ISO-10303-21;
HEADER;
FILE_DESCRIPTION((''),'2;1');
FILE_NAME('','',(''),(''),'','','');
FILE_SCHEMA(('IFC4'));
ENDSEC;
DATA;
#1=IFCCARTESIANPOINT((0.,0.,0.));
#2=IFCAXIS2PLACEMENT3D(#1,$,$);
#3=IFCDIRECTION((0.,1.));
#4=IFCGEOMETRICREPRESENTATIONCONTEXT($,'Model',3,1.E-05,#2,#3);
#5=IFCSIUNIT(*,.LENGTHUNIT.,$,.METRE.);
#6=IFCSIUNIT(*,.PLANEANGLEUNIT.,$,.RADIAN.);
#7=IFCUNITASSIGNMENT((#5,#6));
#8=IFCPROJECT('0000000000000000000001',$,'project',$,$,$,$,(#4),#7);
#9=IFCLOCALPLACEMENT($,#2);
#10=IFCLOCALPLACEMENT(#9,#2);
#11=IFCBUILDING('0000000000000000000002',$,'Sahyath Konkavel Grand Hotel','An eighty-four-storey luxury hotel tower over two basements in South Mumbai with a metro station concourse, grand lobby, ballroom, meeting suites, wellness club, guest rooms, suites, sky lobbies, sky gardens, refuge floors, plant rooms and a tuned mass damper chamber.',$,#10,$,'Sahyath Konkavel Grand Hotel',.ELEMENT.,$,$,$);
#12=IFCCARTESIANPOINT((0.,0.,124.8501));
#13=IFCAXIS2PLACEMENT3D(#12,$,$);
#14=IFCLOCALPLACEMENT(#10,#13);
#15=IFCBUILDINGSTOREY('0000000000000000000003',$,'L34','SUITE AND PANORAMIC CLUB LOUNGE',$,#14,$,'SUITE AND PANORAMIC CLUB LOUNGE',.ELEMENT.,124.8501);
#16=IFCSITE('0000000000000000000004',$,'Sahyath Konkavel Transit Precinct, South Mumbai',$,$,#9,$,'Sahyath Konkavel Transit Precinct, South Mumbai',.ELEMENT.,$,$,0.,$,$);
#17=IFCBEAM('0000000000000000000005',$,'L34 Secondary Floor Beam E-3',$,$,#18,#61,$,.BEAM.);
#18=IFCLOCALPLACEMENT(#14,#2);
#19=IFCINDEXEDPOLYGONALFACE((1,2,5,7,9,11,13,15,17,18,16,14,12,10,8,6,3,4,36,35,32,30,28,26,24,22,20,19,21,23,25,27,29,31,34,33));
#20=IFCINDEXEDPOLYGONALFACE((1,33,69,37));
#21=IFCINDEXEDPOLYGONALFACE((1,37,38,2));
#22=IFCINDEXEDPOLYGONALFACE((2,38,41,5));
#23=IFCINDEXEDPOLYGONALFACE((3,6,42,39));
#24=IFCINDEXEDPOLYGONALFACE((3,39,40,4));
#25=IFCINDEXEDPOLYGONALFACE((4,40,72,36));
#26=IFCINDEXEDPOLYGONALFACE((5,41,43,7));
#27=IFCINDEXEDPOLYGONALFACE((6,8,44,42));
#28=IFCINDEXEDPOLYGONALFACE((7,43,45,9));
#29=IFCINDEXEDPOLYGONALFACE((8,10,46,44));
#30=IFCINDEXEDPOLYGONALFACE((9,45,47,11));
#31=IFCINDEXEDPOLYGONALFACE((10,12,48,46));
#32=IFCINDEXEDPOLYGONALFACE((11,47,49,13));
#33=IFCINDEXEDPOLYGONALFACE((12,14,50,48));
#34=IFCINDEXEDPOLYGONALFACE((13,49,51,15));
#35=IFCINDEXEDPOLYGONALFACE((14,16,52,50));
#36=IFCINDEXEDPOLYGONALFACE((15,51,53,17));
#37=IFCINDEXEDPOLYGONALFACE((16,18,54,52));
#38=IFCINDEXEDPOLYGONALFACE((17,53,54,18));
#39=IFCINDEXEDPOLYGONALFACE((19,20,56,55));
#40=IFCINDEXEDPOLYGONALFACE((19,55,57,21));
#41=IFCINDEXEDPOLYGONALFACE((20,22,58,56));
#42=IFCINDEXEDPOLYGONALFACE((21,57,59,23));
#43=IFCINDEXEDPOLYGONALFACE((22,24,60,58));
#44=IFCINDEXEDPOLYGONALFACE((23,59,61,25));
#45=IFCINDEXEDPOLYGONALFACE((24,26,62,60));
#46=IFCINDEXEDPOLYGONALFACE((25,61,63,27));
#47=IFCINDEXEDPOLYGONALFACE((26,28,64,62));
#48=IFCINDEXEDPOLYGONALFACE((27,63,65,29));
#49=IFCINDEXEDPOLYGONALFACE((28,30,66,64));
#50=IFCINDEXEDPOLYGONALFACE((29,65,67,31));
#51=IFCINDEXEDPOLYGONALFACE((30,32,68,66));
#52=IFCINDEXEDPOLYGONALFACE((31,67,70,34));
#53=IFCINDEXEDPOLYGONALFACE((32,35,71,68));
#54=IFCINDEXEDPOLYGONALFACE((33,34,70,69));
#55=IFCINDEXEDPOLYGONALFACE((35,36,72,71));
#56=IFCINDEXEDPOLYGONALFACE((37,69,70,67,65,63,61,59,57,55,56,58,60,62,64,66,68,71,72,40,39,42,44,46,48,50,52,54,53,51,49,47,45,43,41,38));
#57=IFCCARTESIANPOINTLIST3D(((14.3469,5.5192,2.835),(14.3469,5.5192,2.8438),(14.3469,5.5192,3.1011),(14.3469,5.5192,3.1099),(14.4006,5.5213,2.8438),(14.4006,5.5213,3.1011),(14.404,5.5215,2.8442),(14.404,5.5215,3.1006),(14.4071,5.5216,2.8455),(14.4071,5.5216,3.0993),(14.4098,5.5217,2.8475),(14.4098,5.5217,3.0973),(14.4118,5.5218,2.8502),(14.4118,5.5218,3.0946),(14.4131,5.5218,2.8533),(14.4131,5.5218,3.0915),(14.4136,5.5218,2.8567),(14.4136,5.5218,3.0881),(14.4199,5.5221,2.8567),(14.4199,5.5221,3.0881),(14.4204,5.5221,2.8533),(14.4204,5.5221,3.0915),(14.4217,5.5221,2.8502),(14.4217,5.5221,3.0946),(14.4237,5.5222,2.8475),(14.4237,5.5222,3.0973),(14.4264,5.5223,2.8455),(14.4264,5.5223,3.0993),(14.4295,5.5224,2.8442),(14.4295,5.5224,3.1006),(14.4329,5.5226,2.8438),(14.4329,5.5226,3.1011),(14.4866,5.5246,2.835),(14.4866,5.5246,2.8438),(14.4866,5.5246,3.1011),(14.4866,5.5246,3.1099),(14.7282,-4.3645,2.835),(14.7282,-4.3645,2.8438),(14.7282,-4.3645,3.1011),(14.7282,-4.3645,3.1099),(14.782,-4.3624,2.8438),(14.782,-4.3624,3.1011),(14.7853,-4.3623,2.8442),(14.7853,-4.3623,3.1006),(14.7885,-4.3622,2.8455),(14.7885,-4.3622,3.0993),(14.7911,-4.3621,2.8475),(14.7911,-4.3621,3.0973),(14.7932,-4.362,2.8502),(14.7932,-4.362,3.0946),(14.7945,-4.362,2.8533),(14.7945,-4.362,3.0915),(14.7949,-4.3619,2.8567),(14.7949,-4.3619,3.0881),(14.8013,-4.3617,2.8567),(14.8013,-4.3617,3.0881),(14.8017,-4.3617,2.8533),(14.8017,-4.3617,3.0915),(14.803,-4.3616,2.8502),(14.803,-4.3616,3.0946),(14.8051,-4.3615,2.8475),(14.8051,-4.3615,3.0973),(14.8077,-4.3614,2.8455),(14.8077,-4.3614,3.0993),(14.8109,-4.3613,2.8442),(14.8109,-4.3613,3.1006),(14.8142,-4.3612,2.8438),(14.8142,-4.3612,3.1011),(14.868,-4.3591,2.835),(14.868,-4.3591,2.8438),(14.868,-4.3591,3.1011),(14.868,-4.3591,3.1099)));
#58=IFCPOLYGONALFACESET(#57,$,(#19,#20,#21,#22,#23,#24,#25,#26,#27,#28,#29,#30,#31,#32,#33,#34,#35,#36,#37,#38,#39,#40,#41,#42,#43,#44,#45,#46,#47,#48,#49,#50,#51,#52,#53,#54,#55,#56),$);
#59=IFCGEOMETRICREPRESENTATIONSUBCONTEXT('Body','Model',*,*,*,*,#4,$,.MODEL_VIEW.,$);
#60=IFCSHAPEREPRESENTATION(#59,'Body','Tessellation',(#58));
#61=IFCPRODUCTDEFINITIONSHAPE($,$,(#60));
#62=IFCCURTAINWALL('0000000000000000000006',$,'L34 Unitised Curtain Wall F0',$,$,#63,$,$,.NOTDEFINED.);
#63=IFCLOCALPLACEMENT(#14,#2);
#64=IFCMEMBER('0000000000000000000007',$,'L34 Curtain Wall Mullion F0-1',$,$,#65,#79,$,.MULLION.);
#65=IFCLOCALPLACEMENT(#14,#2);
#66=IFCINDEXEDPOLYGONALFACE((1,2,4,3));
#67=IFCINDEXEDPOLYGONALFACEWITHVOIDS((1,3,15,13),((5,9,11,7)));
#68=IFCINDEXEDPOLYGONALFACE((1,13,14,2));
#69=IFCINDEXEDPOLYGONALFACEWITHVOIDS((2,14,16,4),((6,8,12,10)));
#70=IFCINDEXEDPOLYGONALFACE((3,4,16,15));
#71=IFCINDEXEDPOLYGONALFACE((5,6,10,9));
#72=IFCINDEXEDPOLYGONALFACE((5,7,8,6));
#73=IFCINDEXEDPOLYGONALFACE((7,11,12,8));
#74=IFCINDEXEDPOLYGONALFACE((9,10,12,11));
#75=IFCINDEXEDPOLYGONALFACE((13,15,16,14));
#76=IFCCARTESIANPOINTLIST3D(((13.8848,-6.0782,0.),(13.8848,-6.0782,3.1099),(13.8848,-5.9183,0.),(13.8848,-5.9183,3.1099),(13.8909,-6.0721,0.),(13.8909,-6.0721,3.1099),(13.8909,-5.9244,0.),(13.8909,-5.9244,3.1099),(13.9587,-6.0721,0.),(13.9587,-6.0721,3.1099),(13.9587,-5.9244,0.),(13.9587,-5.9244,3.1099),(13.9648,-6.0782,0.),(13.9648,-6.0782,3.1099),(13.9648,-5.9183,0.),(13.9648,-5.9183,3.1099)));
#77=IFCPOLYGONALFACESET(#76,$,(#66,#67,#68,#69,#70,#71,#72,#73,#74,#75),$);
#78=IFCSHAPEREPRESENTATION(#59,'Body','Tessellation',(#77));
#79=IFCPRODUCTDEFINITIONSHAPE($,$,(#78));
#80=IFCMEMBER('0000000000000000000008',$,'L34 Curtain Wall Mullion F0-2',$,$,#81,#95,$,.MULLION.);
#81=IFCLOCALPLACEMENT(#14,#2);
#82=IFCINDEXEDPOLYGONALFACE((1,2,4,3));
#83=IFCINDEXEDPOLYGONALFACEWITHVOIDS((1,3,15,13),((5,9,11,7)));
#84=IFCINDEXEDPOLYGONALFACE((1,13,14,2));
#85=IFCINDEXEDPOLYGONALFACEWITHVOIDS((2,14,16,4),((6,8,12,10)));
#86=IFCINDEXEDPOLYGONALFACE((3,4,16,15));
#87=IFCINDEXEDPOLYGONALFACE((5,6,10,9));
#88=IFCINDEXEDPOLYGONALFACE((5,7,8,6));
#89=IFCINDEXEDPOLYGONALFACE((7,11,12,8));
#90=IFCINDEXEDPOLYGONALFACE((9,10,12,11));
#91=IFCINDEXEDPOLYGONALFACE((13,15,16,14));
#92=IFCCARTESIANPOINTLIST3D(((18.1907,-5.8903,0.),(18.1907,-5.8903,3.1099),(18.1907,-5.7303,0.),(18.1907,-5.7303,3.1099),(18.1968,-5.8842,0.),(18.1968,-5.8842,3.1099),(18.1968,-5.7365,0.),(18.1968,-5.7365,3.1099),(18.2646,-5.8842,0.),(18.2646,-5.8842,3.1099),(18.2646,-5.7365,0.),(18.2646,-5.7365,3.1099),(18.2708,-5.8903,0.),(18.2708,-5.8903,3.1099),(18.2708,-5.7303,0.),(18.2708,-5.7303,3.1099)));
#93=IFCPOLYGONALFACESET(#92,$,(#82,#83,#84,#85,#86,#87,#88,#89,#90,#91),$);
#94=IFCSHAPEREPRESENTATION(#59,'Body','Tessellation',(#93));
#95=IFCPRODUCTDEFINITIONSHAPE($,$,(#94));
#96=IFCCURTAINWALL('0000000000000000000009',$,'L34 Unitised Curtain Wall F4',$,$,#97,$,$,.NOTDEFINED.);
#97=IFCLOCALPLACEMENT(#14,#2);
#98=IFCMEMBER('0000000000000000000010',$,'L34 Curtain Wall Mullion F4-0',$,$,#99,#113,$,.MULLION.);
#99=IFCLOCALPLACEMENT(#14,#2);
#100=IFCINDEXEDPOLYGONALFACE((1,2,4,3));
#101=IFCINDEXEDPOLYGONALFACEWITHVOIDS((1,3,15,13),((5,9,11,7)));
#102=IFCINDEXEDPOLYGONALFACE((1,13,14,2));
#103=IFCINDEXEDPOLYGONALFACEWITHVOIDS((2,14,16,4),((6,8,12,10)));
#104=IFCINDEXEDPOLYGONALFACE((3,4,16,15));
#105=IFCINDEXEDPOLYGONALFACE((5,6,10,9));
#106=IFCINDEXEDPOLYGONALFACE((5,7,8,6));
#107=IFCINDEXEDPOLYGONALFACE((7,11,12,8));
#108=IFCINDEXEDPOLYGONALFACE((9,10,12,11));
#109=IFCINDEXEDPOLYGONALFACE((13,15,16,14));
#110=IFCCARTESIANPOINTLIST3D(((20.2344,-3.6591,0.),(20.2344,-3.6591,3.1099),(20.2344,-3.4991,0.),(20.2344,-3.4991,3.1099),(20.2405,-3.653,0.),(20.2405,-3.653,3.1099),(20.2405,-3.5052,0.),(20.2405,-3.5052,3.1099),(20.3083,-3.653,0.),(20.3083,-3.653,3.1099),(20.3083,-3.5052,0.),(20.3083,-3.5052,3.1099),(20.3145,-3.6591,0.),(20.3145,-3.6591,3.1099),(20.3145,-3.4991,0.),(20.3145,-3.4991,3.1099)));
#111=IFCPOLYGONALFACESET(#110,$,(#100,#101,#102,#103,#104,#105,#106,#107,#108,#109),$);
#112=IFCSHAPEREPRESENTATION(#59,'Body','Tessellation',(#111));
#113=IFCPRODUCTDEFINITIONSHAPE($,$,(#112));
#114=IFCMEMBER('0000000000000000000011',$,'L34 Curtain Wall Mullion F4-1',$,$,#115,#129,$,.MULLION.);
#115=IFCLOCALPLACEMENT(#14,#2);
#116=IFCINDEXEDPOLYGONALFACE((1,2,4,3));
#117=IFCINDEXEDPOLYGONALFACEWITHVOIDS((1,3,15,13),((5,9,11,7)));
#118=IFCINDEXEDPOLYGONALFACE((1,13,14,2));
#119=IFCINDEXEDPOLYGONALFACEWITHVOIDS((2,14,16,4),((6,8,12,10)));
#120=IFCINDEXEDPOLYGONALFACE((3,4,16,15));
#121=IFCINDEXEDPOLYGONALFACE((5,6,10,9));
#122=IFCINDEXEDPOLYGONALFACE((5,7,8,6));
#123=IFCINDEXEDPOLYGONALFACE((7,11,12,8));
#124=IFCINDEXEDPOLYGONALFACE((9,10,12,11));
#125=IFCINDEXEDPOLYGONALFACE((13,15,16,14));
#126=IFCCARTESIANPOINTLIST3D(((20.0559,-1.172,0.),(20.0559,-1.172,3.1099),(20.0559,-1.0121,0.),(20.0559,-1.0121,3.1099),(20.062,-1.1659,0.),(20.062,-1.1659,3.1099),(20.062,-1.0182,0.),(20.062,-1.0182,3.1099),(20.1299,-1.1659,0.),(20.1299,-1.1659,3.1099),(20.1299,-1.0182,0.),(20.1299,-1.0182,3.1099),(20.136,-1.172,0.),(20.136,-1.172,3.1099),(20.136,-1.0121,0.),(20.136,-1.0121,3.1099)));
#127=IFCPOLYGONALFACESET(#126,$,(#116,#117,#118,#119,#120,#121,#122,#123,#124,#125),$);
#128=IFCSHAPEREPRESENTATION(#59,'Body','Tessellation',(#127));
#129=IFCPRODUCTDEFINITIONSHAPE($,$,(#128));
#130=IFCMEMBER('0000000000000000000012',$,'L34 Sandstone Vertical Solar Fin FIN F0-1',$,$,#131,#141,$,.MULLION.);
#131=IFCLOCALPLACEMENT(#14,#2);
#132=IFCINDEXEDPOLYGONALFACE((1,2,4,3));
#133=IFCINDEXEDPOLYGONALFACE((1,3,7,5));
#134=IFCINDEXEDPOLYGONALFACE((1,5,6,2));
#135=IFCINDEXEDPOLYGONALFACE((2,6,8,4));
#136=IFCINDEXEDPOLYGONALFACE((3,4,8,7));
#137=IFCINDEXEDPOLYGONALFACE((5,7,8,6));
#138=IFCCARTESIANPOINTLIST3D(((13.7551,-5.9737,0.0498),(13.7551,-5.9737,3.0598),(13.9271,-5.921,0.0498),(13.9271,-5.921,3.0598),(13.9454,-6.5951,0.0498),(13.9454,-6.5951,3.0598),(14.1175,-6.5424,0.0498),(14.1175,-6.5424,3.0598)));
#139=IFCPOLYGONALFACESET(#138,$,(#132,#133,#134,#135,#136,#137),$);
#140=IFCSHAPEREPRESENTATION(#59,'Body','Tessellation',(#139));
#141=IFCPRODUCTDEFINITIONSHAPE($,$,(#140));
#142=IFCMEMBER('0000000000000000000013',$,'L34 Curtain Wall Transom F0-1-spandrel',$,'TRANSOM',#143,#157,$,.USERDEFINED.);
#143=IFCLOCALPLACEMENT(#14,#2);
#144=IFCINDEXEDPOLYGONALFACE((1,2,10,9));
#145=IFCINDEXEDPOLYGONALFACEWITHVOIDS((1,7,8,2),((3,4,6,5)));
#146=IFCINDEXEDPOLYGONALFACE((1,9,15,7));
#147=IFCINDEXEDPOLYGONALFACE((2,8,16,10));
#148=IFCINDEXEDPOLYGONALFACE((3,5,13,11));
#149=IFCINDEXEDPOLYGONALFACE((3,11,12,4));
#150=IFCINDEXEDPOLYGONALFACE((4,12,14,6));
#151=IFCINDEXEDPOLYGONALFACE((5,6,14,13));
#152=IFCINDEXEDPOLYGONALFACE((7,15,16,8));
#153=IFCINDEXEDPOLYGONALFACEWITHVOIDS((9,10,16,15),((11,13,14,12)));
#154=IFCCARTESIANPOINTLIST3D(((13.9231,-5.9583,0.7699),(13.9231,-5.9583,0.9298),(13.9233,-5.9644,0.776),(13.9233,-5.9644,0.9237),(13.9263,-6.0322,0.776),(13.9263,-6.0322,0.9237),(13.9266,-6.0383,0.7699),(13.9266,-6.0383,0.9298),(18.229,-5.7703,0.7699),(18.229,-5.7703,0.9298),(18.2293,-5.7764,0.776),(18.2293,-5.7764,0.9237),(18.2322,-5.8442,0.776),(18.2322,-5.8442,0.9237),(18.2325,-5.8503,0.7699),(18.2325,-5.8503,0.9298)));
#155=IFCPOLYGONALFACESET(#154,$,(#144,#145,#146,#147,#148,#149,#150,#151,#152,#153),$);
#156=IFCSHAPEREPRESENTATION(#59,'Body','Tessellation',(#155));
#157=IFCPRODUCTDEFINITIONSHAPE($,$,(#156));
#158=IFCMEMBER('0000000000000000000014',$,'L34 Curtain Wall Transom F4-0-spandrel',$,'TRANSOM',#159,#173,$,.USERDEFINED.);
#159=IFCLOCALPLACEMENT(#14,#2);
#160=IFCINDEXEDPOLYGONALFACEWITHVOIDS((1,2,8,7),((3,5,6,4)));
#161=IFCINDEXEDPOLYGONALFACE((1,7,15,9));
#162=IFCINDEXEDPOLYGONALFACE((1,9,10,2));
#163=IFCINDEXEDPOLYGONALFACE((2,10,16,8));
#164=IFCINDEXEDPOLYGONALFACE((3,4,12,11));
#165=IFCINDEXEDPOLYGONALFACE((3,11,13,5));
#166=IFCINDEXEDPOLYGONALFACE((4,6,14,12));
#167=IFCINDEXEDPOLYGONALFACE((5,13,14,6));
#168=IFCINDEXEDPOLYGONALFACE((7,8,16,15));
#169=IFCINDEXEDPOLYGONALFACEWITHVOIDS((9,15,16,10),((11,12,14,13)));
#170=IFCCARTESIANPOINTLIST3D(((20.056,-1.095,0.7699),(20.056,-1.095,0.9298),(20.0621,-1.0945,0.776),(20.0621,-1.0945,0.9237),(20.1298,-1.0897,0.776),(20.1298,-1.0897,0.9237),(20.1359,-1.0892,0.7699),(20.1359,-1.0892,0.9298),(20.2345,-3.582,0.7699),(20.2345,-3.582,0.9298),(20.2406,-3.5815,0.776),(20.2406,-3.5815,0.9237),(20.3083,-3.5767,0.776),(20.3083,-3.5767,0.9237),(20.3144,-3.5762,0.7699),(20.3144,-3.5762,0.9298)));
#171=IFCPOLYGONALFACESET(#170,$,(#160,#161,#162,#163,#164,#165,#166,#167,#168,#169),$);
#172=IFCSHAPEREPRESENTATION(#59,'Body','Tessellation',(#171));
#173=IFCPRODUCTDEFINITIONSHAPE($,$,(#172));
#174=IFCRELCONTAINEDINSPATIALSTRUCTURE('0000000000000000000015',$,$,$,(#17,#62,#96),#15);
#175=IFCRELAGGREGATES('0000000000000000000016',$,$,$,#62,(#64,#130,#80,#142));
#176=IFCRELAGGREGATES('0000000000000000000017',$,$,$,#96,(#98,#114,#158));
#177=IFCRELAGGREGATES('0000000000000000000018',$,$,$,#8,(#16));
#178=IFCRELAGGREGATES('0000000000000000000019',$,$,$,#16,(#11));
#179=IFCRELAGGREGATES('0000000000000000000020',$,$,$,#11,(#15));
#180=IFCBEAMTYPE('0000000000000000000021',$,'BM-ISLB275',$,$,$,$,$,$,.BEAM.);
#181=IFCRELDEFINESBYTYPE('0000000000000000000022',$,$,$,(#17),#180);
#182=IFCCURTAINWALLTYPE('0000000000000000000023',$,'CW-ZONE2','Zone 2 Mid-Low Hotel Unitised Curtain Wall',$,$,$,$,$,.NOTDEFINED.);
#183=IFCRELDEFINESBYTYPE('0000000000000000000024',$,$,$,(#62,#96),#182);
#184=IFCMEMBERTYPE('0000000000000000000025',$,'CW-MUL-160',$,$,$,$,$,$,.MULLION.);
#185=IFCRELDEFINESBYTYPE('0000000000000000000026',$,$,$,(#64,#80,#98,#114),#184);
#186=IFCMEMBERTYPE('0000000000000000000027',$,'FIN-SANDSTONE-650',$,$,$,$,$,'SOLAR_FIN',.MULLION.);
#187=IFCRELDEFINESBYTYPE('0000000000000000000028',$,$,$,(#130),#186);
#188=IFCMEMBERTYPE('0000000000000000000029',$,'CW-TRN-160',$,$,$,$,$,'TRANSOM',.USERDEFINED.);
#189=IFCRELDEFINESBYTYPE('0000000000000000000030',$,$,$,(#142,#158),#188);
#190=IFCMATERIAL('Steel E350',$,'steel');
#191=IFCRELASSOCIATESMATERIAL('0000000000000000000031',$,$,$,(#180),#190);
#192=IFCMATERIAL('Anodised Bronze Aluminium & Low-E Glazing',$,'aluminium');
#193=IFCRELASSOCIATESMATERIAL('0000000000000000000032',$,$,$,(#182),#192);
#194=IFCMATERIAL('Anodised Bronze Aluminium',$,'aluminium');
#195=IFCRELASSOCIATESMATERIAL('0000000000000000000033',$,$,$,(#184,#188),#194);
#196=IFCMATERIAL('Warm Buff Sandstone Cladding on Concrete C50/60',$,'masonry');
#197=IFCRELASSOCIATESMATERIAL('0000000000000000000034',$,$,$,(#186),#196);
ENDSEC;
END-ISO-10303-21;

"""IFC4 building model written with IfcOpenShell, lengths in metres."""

from ifc_helpers import new_model, si_unit, direction, frame, origin, origin_2d, place, context, subcontext, project, spatial, rectangle, hollow_rectangle, i_section, extrude, source, transform, mapped, material, material_profile, profile_set, type_object, element, aggregate, save


model = new_model("IFC4")

# Units and contexts
model_context = context("Model", 3, precision=1e-05, world=origin(), true_north=direction((0.0, 1.0)))
body_context = subcontext(model_context, "Body", "Model", "MODEL_VIEW")
ifc_project = project(units=[si_unit("LENGTHUNIT", "METRE"), si_unit("PLANEANGLEUNIT", "RADIAN")], contexts=[model_context])

# Site, building, storey
site_placement = place(None, origin())
site = spatial("IfcSite", under=ifc_project, at=site_placement, Name="Sahyath Konkavel Transit Precinct, South Mumbai", LongName="Sahyath Konkavel Transit Precinct, South Mumbai", CompositionType="ELEMENT", RefElevation=0.0)
building_placement = place(site_placement, origin())
building = spatial("IfcBuilding", under=site, at=building_placement, Name="Sahyath Konkavel Grand Hotel", Description="An eighty-four-storey luxury hotel tower over two basements in South Mumbai with a metro station concourse, grand lobby, ballroom, meeting suites, wellness club, guest rooms, suites, sky lobbies, sky gardens, refuge floors, plant rooms and a tuned mass damper chamber.", LongName="Sahyath Konkavel Grand Hotel", CompositionType="ELEMENT")
storey_placement = place(building_placement, frame((0.0, 0.0, 124.8501)))
storey = spatial("IfcBuildingStorey", under=building, at=storey_placement, Name="L34", Description="SUITE AND PANORAMIC CLUB LOUNGE", LongName="SUITE AND PANORAMIC CLUB LOUNGE", CompositionType="ELEMENT", Elevation=124.8501)

# Beam
ifc_material_1 = material(Name="Steel E350", Category="steel")
ifc_material_profile_1 = material_profile(ifc_material_1, i_section(OverallWidth=0.1399, OverallDepth=0.2749, WebThickness=0.0063, FlangeThickness=0.0088, FilletRadius=0.0129, at=origin_2d()), Name="ISLB 275")
ifc_profile_set_1 = profile_set([ifc_material_profile_1], Name="Steel E350")
beam_type_1 = type_object("IfcBeamType", Name="BM-ISLB275", PredefinedType="BEAM", material=ifc_profile_set_1)
shared_shape_1 = source(origin(), body_context, "Body", "SweptSolid", [
    extrude(i_section(OverallWidth=0.1399, OverallDepth=0.2749, WebThickness=0.0063, FlangeThickness=0.0088, FilletRadius=0.0129, at=origin_2d()), origin(), (0.0, 0.0, 1.0), 9.8911),
])
beam_1_placement = place(storey_placement, frame((14.7981, -4.3618, 2.9724), z_axis=(-0.038554, 0.999257, 0.0), x_axis=(-0.999257, -0.038554, 0.0)))
element("IfcBeam", 1, at=beam_1_placement, inside=storey, type_object=beam_type_1, Name="L34 Secondary Floor Beam E-3", PredefinedType="BEAM", context=body_context, shape_type="MappedRepresentation", body=[
    mapped(shared_shape_1, transform((0.0, 0.0, 0.0), scale=1.0)),
])

# Curtain walls, members
ifc_material_2 = material(Name="Anodised Bronze Aluminium & Low-E Glazing", Category="aluminium")
curtain_wall_type = type_object("IfcCurtainWallType", Name="CW-ZONE2", Description="Zone 2 Mid-Low Hotel Unitised Curtain Wall", PredefinedType="NOTDEFINED", material=ifc_material_2)
curtain_wall_1_placement = place(storey_placement, origin())
curtain_wall_1 = element("IfcCurtainWall", 2, at=curtain_wall_1_placement, inside=storey, type_object=curtain_wall_type, Name="L34 Unitised Curtain Wall F0", PredefinedType="NOTDEFINED")
ifc_material_3 = material(Name="Anodised Bronze Aluminium", Category="aluminium")
ifc_material_profile_2 = material_profile(ifc_material_3, hollow_rectangle(XDim=0.0801, YDim=0.1599, WallThickness=0.0061, at=origin_2d()), Name="RHS 160x80x6")
ifc_profile_set_2 = profile_set([ifc_material_profile_2], Name="Anodised Bronze Aluminium")
member_type_1 = type_object("IfcMemberType", Name="CW-MUL-160", PredefinedType="MULLION", material=ifc_profile_set_2)
shared_shape_2 = source(origin(), body_context, "Body", "SweptSolid", [
    extrude(hollow_rectangle(XDim=0.0801, YDim=0.1599, WallThickness=0.0061, at=origin_2d()), origin(), (0.0, 0.0, 1.0), 3.1099),
])
member_1_placement = place(storey_placement, frame((13.9248, -5.9983, 0.0), z_axis=(0.0, 0.0, 1.0), x_axis=(1.0, 0.0, 0.0)))
member_1 = element("IfcMember", 3, at=member_1_placement, type_object=member_type_1, Name="L34 Curtain Wall Mullion F0-1", PredefinedType="MULLION", context=body_context, shape_type="MappedRepresentation", body=[
    mapped(shared_shape_2, transform((0.0, 0.0, 0.0), scale=1.0)),
])
member_2_placement = place(storey_placement, frame((18.2307, -5.8103, 0.0), z_axis=(0.0, 0.0, 1.0), x_axis=(1.0, 0.0, 0.0)))
member_2 = element("IfcMember", 4, at=member_2_placement, type_object=member_type_1, Name="L34 Curtain Wall Mullion F0-2", PredefinedType="MULLION", context=body_context, shape_type="MappedRepresentation", body=[
    mapped(shared_shape_2, transform((0.0, 0.0, 0.0), scale=1.0)),
])
curtain_wall_2_placement = place(storey_placement, origin())
curtain_wall_2 = element("IfcCurtainWall", 5, at=curtain_wall_2_placement, inside=storey, type_object=curtain_wall_type, Name="L34 Unitised Curtain Wall F4", PredefinedType="NOTDEFINED")
member_3_placement = place(storey_placement, frame((20.2744, -3.5791, 0.0), z_axis=(0.0, 0.0, 1.0), x_axis=(1.0, 0.0, 0.0)))
member_3 = element("IfcMember", 6, at=member_3_placement, type_object=member_type_1, Name="L34 Curtain Wall Mullion F4-0", PredefinedType="MULLION", context=body_context, shape_type="MappedRepresentation", body=[
    mapped(shared_shape_2, transform((0.0, 0.0, 0.0), scale=1.0)),
])
member_4_placement = place(storey_placement, frame((20.0959, -1.092, 0.0), z_axis=(0.0, 0.0, 1.0), x_axis=(1.0, 0.0, 0.0)))
member_4 = element("IfcMember", 7, at=member_4_placement, type_object=member_type_1, Name="L34 Curtain Wall Mullion F4-1", PredefinedType="MULLION", context=body_context, shape_type="MappedRepresentation", body=[
    mapped(shared_shape_2, transform((0.0, 0.0, 0.0), scale=1.0)),
])

# Members
ifc_material_4 = material(Name="Warm Buff Sandstone Cladding on Concrete C50/60", Category="masonry")
ifc_material_profile_3 = material_profile(ifc_material_4, rectangle(XDim=0.1799, YDim=0.6499, at=origin_2d()), Name="FIN 180x650")
ifc_profile_set_3 = profile_set([ifc_material_profile_3], Name="Warm Buff Sandstone Cladding on Concrete C50/60")
member_type_2 = type_object("IfcMemberType", Name="FIN-SANDSTONE-650", ElementType="SOLAR_FIN", PredefinedType="MULLION", material=ifc_profile_set_3)
shared_shape_3 = source(origin(), body_context, "Body", "SweptSolid", [
    extrude(rectangle(XDim=0.1799, YDim=0.6499, at=origin_2d()), origin(), (0.0, 0.0, 1.0), 3.01),
])
member_5_placement = place(storey_placement, frame((13.9363, -6.2581, 0.0498), z_axis=(0.0, 0.0, 1.0), x_axis=(0.956152, 0.292872, 0.0)))
member_5 = element("IfcMember", 8, at=member_5_placement, type_object=member_type_2, Name="L34 Sandstone Vertical Solar Fin FIN F0-1", PredefinedType="MULLION", context=body_context, shape_type="MappedRepresentation", body=[
    mapped(shared_shape_3, transform((0.0, 0.0, 0.0), scale=1.0)),
])
ifc_material_profile_4 = material_profile(ifc_material_3, hollow_rectangle(XDim=0.0801, YDim=0.1599, WallThickness=0.0061, at=origin_2d()), Name="RHS 160x80x6")
ifc_profile_set_4 = profile_set([ifc_material_profile_4], Name="Anodised Bronze Aluminium")
member_type_3 = type_object("IfcMemberType", Name="CW-TRN-160", ElementType="TRANSOM", PredefinedType="USERDEFINED", material=ifc_profile_set_4)
shared_shape_4 = source(origin(), body_context, "Body", "SweptSolid", [
    extrude(hollow_rectangle(XDim=0.0801, YDim=0.1599, WallThickness=0.0061, at=origin_2d()), origin(), (0.0, 0.0, 1.0), 4.3101),
])
member_6_placement = place(storey_placement, frame((13.9248, -5.9983, 0.8499), z_axis=(0.999048, 0.043617, 0.0), x_axis=(-0.043617, 0.999048, 0.0)))
member_6 = element("IfcMember", 9, at=member_6_placement, type_object=member_type_3, Name="L34 Curtain Wall Transom F0-1-spandrel", ObjectType="TRANSOM", PredefinedType="USERDEFINED", context=body_context, shape_type="MappedRepresentation", body=[
    mapped(shared_shape_4, transform((0.0, 0.0, 0.0), scale=1.0)),
])
shared_shape_5 = source(origin(), body_context, "Body", "SweptSolid", [
    extrude(hollow_rectangle(XDim=0.0801, YDim=0.1599, WallThickness=0.0061, at=origin_2d()), origin(), (0.0, 0.0, 1.0), 2.4934),
])
member_7_placement = place(storey_placement, frame((20.2744, -3.5791, 0.8499), z_axis=(-0.071574, 0.997435, 0.0), x_axis=(-0.997435, -0.071574, 0.0)))
member_7 = element("IfcMember", 10, at=member_7_placement, type_object=member_type_3, Name="L34 Curtain Wall Transom F4-0-spandrel", ObjectType="TRANSOM", PredefinedType="USERDEFINED", context=body_context, shape_type="MappedRepresentation", body=[
    mapped(shared_shape_5, transform((0.0, 0.0, 0.0), scale=1.0)),
])

aggregate(curtain_wall_1, [member_1, member_5, member_2, member_6])
aggregate(curtain_wall_2, [member_3, member_4, member_7])

save(model, "model.ifc")
